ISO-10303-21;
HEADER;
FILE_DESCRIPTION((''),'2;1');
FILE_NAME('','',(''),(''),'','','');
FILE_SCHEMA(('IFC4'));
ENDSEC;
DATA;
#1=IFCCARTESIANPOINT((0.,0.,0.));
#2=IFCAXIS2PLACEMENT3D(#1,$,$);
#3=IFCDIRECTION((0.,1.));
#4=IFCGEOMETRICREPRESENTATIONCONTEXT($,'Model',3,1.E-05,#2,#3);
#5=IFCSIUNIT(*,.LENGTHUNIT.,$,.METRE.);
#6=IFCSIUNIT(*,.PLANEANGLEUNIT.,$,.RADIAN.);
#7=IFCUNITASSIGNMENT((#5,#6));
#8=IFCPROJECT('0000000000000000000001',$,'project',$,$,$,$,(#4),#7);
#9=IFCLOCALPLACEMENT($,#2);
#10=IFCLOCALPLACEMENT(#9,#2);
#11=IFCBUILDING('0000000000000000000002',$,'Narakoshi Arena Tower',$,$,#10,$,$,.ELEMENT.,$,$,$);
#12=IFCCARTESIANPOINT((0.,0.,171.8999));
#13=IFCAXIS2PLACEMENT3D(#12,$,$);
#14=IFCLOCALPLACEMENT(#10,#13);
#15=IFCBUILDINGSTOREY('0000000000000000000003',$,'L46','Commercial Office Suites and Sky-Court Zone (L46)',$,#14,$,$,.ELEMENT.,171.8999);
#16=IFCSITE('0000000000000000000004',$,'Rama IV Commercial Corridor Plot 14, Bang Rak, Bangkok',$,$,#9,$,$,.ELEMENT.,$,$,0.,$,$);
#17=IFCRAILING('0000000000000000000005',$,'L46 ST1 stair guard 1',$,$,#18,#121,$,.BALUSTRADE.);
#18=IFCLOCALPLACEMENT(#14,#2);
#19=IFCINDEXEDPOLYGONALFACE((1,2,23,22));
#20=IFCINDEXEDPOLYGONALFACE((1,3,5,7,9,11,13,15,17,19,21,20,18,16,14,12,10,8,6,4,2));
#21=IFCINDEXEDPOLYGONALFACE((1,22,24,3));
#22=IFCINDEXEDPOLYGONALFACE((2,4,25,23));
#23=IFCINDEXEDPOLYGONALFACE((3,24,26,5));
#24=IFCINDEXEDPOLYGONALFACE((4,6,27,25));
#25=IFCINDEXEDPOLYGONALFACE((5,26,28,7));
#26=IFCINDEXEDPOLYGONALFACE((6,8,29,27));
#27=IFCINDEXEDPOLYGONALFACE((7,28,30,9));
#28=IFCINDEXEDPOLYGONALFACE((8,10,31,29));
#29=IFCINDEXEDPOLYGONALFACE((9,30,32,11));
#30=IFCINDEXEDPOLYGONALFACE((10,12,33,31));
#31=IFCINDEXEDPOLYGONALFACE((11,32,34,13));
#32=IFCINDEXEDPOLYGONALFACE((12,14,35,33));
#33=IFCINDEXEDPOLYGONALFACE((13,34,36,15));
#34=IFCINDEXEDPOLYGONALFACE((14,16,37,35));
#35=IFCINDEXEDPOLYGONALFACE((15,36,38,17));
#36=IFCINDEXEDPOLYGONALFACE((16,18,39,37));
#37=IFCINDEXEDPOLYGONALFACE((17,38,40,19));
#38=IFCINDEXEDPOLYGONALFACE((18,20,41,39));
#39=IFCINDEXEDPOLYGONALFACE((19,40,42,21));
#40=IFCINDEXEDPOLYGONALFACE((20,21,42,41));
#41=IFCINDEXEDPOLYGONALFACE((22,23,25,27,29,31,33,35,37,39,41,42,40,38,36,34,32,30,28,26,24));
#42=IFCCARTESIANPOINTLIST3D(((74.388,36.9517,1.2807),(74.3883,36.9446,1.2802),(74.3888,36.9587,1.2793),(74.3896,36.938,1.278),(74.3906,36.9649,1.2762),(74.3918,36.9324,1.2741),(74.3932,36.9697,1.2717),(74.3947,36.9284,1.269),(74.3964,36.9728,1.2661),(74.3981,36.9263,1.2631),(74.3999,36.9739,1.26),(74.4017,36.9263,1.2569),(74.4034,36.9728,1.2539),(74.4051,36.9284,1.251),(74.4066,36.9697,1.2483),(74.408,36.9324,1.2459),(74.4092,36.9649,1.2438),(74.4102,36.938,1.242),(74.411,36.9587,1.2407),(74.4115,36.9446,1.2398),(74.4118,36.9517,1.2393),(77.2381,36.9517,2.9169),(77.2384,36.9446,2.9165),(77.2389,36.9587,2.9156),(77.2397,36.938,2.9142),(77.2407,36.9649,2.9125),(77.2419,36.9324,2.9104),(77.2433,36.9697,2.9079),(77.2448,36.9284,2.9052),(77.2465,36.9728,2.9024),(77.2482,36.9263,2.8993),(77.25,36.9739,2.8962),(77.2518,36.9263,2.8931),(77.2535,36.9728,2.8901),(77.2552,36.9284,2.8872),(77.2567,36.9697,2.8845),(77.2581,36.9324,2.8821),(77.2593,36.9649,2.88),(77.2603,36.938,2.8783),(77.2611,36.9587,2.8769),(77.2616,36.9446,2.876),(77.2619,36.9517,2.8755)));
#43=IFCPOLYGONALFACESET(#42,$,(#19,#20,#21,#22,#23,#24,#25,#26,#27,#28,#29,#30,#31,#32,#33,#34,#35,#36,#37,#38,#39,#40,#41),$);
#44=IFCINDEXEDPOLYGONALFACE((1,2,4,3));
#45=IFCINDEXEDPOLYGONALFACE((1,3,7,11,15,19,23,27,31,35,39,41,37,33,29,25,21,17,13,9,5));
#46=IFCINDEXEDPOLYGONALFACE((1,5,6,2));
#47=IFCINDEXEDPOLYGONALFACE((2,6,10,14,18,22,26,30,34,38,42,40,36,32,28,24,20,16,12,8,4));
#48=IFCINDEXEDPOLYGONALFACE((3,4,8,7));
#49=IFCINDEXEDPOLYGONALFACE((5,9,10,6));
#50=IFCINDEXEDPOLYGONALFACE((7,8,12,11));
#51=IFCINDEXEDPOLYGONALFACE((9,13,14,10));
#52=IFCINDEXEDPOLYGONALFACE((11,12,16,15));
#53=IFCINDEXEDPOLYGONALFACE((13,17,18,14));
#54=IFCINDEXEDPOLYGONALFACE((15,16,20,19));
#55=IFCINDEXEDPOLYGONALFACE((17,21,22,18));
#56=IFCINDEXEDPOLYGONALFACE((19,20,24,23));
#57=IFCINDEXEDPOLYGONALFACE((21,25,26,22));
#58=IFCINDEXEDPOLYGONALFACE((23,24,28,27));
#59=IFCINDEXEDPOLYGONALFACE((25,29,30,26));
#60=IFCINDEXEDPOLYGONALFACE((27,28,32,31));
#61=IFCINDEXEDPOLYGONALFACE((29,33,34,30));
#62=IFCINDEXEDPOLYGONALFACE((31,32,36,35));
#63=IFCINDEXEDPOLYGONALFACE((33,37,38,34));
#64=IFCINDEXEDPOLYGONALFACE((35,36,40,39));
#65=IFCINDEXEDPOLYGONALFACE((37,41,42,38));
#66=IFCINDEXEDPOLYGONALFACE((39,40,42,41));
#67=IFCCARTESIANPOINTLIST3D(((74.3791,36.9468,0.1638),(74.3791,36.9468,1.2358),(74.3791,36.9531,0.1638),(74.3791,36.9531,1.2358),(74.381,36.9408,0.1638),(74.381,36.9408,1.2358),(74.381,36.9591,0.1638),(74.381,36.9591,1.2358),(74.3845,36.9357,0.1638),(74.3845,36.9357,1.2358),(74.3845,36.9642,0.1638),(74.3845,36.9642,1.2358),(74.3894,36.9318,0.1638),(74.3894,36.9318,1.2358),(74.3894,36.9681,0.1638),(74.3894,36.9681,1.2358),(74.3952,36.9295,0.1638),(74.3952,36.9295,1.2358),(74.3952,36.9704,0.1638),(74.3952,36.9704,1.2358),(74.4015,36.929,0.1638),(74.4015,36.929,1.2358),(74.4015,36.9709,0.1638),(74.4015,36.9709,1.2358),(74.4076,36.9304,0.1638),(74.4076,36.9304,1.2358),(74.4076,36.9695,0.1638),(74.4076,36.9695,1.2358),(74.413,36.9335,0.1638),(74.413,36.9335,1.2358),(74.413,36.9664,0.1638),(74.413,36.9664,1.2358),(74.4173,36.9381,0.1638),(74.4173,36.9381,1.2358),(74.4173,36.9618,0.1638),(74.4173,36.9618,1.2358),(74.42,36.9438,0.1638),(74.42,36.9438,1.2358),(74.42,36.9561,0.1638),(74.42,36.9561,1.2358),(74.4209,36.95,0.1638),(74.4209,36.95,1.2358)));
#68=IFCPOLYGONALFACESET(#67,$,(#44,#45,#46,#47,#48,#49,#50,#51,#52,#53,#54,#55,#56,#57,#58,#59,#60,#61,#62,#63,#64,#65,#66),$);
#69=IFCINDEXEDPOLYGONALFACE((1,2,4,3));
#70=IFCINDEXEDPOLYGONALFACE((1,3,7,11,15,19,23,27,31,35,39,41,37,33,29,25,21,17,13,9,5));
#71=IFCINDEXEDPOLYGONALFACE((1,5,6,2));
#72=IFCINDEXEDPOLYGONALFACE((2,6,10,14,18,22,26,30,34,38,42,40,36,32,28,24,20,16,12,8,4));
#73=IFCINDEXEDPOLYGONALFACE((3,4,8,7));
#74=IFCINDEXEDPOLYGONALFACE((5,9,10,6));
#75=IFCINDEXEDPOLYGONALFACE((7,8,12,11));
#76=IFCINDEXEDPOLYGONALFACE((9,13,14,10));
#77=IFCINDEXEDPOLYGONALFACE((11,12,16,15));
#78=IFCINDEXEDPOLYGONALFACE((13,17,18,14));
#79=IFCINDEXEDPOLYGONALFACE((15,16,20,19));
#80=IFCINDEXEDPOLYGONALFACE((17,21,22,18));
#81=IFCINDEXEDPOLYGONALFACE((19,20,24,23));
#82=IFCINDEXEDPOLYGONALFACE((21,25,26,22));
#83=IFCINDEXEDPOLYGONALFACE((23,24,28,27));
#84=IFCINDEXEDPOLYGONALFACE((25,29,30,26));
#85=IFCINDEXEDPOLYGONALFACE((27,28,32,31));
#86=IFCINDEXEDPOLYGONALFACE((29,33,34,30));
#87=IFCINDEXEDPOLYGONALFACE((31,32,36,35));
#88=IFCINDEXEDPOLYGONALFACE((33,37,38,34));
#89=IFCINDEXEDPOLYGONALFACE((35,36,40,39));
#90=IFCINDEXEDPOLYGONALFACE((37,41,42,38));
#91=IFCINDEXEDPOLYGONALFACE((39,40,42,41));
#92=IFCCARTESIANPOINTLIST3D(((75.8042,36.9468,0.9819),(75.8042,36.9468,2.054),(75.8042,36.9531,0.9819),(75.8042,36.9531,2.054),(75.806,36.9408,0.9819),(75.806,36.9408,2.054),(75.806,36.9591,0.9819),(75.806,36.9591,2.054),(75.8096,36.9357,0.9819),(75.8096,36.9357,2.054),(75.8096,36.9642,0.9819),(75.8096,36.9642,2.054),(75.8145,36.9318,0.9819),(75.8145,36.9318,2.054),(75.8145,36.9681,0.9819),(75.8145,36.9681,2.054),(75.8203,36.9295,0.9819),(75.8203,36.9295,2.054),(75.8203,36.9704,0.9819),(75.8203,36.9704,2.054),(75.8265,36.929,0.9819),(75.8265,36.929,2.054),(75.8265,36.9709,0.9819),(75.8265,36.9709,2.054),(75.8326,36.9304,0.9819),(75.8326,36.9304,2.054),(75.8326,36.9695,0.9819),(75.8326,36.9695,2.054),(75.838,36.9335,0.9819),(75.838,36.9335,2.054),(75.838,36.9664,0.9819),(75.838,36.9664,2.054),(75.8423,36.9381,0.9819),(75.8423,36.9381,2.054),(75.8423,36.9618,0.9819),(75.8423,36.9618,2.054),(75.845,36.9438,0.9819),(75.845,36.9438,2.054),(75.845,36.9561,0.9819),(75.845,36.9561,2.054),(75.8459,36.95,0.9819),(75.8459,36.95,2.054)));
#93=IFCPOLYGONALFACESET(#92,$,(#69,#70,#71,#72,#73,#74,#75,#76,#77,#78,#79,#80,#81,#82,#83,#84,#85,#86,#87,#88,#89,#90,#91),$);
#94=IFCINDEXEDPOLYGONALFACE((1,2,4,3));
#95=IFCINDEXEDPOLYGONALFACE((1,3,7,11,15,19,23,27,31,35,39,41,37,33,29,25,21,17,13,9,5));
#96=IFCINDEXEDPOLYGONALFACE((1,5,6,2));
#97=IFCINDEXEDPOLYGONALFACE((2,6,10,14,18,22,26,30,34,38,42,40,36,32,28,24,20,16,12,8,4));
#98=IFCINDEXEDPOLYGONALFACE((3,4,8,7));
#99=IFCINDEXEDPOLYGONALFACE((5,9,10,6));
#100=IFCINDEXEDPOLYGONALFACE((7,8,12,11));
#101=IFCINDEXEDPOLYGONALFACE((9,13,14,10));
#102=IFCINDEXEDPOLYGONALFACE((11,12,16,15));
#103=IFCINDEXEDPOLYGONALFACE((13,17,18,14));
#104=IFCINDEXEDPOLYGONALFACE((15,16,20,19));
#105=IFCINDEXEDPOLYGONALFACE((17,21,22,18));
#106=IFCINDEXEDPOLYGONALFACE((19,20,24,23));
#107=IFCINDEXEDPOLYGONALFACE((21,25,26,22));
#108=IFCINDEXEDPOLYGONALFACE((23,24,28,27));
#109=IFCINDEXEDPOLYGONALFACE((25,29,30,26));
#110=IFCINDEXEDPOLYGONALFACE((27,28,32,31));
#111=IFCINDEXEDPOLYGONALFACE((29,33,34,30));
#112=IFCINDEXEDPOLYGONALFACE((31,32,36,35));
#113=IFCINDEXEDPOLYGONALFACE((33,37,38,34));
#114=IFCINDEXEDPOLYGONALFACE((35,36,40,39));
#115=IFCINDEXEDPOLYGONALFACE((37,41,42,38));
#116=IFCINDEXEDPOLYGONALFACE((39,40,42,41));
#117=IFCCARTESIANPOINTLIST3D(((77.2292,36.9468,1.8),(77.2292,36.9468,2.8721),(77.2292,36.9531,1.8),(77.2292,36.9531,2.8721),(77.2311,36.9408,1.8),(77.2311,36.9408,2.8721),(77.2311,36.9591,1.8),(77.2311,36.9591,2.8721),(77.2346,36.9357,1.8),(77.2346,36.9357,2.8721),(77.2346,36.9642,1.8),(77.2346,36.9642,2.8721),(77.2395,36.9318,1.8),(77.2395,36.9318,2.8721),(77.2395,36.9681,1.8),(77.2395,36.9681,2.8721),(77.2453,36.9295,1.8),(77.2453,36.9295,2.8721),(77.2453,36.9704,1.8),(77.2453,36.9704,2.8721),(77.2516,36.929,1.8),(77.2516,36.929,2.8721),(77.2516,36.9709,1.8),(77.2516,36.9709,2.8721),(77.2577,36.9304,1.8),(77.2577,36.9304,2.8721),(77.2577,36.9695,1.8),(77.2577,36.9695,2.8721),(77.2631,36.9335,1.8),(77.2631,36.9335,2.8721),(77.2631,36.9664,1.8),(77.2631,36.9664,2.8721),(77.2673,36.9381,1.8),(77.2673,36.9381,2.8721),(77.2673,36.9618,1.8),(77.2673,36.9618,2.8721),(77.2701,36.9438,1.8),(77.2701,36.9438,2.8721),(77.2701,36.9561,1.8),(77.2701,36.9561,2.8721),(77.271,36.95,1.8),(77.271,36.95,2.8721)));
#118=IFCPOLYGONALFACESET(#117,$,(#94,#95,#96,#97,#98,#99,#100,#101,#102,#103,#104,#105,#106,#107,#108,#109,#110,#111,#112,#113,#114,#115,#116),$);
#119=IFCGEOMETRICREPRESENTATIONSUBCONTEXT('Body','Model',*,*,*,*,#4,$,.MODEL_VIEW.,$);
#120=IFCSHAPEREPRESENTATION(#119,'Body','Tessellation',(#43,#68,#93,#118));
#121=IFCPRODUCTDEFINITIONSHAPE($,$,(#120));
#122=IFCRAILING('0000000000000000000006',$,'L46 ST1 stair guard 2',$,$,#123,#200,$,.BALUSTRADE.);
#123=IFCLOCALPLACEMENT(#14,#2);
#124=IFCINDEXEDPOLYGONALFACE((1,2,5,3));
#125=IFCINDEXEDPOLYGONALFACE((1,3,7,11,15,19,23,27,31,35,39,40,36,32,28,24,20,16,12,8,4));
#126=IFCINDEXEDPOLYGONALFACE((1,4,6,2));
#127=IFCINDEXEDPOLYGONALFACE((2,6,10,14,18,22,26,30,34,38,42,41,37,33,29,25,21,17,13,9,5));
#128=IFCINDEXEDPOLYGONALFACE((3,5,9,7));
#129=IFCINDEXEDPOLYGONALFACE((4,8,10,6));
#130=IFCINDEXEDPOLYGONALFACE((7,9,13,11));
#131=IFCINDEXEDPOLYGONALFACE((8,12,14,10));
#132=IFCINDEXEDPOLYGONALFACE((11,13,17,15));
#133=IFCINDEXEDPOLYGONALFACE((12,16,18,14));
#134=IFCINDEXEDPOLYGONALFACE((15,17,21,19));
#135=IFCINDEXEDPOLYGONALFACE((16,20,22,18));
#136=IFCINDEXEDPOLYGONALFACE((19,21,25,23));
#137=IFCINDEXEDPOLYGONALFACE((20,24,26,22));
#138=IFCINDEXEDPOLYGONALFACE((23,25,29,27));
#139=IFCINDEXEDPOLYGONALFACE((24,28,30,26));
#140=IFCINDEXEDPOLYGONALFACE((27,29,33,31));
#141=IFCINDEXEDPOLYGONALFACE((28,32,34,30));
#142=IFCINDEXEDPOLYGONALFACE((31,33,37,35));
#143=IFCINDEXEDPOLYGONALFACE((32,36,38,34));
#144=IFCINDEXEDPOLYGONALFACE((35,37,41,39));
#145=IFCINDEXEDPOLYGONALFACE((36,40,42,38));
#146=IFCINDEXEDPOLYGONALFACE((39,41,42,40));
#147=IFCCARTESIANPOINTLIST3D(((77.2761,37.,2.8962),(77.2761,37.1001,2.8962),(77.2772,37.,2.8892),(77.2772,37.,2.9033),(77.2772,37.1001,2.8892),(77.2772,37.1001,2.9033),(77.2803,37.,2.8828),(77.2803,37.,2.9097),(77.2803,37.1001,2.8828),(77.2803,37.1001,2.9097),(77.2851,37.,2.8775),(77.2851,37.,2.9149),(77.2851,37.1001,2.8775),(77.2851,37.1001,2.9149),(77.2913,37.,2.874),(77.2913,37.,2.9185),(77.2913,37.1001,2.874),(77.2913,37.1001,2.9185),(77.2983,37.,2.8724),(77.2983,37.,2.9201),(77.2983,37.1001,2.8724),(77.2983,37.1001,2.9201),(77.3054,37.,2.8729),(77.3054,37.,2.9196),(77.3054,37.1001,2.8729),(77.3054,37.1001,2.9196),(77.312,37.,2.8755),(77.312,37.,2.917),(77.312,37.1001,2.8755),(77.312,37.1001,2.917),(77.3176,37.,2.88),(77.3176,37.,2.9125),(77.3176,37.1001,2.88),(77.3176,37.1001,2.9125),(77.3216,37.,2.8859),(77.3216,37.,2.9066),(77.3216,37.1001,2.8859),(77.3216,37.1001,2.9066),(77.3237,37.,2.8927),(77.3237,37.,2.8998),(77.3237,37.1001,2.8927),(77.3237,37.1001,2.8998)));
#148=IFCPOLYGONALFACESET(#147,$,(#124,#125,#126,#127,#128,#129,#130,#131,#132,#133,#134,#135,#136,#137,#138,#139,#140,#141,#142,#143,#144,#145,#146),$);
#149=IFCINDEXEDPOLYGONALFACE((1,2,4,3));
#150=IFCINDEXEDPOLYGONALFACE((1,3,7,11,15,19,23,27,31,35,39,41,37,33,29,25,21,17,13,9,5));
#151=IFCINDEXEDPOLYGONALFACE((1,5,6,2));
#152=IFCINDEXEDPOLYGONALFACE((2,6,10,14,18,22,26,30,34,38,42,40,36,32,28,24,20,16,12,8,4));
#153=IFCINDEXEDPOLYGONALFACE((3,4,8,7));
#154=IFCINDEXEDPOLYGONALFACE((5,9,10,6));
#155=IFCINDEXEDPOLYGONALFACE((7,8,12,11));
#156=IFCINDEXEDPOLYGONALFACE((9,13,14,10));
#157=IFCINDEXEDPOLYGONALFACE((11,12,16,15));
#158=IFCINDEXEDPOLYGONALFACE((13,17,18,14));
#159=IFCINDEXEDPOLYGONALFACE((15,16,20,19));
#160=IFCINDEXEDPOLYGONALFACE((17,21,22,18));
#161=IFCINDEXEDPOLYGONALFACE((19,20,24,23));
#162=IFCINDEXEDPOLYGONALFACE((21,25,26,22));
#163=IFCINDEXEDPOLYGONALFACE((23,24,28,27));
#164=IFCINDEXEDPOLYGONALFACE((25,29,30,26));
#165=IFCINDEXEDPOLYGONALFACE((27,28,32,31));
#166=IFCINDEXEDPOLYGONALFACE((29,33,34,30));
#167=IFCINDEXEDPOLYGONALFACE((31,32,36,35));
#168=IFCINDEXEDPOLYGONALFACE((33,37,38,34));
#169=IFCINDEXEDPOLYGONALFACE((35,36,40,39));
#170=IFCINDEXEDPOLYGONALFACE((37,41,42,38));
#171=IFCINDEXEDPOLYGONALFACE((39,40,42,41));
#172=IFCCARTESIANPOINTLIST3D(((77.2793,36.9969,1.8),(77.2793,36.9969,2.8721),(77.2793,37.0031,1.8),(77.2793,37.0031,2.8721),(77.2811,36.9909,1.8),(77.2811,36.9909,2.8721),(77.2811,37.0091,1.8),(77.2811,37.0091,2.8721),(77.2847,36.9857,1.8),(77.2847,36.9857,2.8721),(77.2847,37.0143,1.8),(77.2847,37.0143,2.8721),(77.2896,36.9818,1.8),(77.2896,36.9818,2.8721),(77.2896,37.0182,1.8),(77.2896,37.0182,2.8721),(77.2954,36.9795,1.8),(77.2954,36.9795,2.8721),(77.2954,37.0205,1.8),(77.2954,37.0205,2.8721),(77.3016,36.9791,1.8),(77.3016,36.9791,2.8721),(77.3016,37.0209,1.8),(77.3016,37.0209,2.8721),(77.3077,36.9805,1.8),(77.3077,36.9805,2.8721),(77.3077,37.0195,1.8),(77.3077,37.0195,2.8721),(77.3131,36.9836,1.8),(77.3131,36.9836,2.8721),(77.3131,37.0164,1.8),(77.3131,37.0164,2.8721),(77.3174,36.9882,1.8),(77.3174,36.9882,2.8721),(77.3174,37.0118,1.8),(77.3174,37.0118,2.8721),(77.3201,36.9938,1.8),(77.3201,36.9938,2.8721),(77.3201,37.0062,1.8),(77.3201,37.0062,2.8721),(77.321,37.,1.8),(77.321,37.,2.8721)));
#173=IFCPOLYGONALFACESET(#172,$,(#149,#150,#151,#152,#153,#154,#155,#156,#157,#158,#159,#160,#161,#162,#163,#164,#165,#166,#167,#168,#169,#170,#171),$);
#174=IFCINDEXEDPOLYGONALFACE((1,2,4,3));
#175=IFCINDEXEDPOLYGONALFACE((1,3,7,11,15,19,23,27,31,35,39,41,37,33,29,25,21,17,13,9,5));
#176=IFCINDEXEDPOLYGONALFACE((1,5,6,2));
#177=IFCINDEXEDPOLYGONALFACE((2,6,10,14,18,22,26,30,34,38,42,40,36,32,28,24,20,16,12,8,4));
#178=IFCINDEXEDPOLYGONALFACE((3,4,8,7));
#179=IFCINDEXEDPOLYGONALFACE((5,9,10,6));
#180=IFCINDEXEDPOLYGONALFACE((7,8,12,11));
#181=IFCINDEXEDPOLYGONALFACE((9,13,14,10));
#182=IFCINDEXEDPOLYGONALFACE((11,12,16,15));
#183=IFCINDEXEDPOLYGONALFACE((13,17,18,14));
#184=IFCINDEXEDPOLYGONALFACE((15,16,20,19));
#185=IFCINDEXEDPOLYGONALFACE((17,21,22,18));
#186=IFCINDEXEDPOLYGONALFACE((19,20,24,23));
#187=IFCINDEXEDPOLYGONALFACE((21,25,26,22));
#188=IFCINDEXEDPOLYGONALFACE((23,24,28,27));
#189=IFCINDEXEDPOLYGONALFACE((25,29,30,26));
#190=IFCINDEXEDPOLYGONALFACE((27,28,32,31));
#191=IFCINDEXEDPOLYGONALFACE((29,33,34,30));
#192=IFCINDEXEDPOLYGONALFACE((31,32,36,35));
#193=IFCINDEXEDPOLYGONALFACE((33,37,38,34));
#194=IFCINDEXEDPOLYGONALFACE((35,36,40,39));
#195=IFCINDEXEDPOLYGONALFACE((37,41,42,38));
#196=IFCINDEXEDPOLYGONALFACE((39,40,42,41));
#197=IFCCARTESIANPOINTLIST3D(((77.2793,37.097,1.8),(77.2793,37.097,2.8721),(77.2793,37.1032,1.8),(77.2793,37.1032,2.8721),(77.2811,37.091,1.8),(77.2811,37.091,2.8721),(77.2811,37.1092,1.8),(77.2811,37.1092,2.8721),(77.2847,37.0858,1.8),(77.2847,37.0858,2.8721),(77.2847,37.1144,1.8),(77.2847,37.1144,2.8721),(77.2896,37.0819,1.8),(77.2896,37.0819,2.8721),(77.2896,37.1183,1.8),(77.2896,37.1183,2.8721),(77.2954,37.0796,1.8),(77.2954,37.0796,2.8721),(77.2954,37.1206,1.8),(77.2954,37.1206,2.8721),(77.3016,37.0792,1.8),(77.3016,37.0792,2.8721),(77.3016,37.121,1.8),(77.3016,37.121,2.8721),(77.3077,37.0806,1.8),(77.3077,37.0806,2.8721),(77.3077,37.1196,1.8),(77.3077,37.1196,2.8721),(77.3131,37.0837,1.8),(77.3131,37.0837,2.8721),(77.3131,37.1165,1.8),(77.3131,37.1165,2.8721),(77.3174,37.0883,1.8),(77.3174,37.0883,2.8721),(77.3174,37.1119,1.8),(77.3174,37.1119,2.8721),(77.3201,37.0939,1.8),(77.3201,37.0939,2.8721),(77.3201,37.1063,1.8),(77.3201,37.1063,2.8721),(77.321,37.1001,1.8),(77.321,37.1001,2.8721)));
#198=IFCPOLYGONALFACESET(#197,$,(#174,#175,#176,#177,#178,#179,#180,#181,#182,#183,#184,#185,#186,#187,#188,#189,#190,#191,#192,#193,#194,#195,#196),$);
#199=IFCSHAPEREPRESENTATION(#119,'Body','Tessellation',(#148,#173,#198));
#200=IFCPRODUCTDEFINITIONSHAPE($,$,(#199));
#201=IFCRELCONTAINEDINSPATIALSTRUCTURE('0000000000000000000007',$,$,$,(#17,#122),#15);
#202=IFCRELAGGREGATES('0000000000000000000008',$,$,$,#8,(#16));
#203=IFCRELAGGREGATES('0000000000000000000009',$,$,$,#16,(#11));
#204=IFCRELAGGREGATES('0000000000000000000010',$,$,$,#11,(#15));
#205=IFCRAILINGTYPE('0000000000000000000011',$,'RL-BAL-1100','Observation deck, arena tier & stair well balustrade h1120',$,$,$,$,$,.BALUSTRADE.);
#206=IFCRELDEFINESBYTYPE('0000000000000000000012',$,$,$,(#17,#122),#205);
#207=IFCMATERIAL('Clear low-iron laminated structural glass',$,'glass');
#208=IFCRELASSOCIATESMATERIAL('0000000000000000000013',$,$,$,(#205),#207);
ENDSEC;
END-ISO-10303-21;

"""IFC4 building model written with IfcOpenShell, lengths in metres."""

from ifc_helpers import new_model, si_unit, direction, frame, origin, origin_2d, place, context, subcontext, project, spatial, circle, extrude, material, type_object, element, save


model = new_model("IFC4")

# Units and contexts
model_context = context("Model", 3, precision=1e-05, world=origin(), true_north=direction((0.0, 1.0)))
body_context = subcontext(model_context, "Body", "Model", "MODEL_VIEW")
ifc_project = project(units=[si_unit("LENGTHUNIT", "METRE"), si_unit("PLANEANGLEUNIT", "RADIAN")], contexts=[model_context])

# Site, building, storey
site_placement = place(None, origin())
site = spatial("IfcSite", under=ifc_project, at=site_placement, Name="Rama IV Commercial Corridor Plot 14, Bang Rak, Bangkok", CompositionType="ELEMENT", RefElevation=0.0)
building_placement = place(site_placement, origin())
building = spatial("IfcBuilding", under=site, at=building_placement, Name="Narakoshi Arena Tower", CompositionType="ELEMENT")
storey_placement = place(building_placement, frame((0.0, 0.0, 171.8999)))
storey = spatial("IfcBuildingStorey", under=building, at=storey_placement, Name="L46", Description="Commercial Office Suites and Sky-Court Zone (L46)", CompositionType="ELEMENT", Elevation=171.8999)

# Railings
ifc_material_1 = material(Name="Clear low-iron laminated structural glass", Category="glass")
railing_type_1 = type_object("IfcRailingType", Name="RL-BAL-1100", Description="Observation deck, arena tier & stair well balustrade h1120", PredefinedType="BALUSTRADE", material=ifc_material_1)
railing_1_placement = place(storey_placement, frame((74.3999, 36.95, 0.1638)))
element("IfcRailing", 1, at=railing_1_placement, inside=storey, type_object=railing_type_1, Name="L46 ST1 stair guard 1", PredefinedType="BALUSTRADE", context=body_context, shape_type="SweptSolid", body=[
    extrude(circle(Radius=0.0239, at=origin_2d()), frame((0.0, 0.0, 1.0962), z_axis=(0.867245, 0.0, 0.497882), x_axis=(0.0, 1.0, 0.0)), (0.0, 0.0, 1.0), 3.2864),
    extrude(circle(Radius=0.021, at=origin_2d()), origin(), (0.0, 0.0, 1.0), 1.072),
    extrude(circle(Radius=0.021, at=origin_2d()), frame((1.425, 0.0, 0.8181)), (0.0, 0.0, 1.0), 1.072),
    extrude(circle(Radius=0.021, at=origin_2d()), frame((2.8501, 0.0, 1.6362)), (0.0, 0.0, 1.0), 1.072),
])
railing_2_placement = place(storey_placement, frame((77.3, 37.0, 1.8)))
element("IfcRailing", 2, at=railing_2_placement, inside=storey, type_object=railing_type_1, Name="L46 ST1 stair guard 2", PredefinedType="BALUSTRADE", context=body_context, shape_type="SweptSolid", body=[
    extrude(circle(Radius=0.0239, at=origin_2d()), frame((0.0, 0.0, 1.0962), z_axis=(0.0, 1.0, 0.0), x_axis=(-1.0, 0.0, 0.0)), (0.0, 0.0, 1.0), 0.1001),
    extrude(circle(Radius=0.021, at=origin_2d()), origin(), (0.0, 0.0, 1.0), 1.072),
    extrude(circle(Radius=0.021, at=origin_2d()), frame((0.0, 0.1001, 0.0)), (0.0, 0.0, 1.0), 1.072),
])

save(model, "model.ifc")
